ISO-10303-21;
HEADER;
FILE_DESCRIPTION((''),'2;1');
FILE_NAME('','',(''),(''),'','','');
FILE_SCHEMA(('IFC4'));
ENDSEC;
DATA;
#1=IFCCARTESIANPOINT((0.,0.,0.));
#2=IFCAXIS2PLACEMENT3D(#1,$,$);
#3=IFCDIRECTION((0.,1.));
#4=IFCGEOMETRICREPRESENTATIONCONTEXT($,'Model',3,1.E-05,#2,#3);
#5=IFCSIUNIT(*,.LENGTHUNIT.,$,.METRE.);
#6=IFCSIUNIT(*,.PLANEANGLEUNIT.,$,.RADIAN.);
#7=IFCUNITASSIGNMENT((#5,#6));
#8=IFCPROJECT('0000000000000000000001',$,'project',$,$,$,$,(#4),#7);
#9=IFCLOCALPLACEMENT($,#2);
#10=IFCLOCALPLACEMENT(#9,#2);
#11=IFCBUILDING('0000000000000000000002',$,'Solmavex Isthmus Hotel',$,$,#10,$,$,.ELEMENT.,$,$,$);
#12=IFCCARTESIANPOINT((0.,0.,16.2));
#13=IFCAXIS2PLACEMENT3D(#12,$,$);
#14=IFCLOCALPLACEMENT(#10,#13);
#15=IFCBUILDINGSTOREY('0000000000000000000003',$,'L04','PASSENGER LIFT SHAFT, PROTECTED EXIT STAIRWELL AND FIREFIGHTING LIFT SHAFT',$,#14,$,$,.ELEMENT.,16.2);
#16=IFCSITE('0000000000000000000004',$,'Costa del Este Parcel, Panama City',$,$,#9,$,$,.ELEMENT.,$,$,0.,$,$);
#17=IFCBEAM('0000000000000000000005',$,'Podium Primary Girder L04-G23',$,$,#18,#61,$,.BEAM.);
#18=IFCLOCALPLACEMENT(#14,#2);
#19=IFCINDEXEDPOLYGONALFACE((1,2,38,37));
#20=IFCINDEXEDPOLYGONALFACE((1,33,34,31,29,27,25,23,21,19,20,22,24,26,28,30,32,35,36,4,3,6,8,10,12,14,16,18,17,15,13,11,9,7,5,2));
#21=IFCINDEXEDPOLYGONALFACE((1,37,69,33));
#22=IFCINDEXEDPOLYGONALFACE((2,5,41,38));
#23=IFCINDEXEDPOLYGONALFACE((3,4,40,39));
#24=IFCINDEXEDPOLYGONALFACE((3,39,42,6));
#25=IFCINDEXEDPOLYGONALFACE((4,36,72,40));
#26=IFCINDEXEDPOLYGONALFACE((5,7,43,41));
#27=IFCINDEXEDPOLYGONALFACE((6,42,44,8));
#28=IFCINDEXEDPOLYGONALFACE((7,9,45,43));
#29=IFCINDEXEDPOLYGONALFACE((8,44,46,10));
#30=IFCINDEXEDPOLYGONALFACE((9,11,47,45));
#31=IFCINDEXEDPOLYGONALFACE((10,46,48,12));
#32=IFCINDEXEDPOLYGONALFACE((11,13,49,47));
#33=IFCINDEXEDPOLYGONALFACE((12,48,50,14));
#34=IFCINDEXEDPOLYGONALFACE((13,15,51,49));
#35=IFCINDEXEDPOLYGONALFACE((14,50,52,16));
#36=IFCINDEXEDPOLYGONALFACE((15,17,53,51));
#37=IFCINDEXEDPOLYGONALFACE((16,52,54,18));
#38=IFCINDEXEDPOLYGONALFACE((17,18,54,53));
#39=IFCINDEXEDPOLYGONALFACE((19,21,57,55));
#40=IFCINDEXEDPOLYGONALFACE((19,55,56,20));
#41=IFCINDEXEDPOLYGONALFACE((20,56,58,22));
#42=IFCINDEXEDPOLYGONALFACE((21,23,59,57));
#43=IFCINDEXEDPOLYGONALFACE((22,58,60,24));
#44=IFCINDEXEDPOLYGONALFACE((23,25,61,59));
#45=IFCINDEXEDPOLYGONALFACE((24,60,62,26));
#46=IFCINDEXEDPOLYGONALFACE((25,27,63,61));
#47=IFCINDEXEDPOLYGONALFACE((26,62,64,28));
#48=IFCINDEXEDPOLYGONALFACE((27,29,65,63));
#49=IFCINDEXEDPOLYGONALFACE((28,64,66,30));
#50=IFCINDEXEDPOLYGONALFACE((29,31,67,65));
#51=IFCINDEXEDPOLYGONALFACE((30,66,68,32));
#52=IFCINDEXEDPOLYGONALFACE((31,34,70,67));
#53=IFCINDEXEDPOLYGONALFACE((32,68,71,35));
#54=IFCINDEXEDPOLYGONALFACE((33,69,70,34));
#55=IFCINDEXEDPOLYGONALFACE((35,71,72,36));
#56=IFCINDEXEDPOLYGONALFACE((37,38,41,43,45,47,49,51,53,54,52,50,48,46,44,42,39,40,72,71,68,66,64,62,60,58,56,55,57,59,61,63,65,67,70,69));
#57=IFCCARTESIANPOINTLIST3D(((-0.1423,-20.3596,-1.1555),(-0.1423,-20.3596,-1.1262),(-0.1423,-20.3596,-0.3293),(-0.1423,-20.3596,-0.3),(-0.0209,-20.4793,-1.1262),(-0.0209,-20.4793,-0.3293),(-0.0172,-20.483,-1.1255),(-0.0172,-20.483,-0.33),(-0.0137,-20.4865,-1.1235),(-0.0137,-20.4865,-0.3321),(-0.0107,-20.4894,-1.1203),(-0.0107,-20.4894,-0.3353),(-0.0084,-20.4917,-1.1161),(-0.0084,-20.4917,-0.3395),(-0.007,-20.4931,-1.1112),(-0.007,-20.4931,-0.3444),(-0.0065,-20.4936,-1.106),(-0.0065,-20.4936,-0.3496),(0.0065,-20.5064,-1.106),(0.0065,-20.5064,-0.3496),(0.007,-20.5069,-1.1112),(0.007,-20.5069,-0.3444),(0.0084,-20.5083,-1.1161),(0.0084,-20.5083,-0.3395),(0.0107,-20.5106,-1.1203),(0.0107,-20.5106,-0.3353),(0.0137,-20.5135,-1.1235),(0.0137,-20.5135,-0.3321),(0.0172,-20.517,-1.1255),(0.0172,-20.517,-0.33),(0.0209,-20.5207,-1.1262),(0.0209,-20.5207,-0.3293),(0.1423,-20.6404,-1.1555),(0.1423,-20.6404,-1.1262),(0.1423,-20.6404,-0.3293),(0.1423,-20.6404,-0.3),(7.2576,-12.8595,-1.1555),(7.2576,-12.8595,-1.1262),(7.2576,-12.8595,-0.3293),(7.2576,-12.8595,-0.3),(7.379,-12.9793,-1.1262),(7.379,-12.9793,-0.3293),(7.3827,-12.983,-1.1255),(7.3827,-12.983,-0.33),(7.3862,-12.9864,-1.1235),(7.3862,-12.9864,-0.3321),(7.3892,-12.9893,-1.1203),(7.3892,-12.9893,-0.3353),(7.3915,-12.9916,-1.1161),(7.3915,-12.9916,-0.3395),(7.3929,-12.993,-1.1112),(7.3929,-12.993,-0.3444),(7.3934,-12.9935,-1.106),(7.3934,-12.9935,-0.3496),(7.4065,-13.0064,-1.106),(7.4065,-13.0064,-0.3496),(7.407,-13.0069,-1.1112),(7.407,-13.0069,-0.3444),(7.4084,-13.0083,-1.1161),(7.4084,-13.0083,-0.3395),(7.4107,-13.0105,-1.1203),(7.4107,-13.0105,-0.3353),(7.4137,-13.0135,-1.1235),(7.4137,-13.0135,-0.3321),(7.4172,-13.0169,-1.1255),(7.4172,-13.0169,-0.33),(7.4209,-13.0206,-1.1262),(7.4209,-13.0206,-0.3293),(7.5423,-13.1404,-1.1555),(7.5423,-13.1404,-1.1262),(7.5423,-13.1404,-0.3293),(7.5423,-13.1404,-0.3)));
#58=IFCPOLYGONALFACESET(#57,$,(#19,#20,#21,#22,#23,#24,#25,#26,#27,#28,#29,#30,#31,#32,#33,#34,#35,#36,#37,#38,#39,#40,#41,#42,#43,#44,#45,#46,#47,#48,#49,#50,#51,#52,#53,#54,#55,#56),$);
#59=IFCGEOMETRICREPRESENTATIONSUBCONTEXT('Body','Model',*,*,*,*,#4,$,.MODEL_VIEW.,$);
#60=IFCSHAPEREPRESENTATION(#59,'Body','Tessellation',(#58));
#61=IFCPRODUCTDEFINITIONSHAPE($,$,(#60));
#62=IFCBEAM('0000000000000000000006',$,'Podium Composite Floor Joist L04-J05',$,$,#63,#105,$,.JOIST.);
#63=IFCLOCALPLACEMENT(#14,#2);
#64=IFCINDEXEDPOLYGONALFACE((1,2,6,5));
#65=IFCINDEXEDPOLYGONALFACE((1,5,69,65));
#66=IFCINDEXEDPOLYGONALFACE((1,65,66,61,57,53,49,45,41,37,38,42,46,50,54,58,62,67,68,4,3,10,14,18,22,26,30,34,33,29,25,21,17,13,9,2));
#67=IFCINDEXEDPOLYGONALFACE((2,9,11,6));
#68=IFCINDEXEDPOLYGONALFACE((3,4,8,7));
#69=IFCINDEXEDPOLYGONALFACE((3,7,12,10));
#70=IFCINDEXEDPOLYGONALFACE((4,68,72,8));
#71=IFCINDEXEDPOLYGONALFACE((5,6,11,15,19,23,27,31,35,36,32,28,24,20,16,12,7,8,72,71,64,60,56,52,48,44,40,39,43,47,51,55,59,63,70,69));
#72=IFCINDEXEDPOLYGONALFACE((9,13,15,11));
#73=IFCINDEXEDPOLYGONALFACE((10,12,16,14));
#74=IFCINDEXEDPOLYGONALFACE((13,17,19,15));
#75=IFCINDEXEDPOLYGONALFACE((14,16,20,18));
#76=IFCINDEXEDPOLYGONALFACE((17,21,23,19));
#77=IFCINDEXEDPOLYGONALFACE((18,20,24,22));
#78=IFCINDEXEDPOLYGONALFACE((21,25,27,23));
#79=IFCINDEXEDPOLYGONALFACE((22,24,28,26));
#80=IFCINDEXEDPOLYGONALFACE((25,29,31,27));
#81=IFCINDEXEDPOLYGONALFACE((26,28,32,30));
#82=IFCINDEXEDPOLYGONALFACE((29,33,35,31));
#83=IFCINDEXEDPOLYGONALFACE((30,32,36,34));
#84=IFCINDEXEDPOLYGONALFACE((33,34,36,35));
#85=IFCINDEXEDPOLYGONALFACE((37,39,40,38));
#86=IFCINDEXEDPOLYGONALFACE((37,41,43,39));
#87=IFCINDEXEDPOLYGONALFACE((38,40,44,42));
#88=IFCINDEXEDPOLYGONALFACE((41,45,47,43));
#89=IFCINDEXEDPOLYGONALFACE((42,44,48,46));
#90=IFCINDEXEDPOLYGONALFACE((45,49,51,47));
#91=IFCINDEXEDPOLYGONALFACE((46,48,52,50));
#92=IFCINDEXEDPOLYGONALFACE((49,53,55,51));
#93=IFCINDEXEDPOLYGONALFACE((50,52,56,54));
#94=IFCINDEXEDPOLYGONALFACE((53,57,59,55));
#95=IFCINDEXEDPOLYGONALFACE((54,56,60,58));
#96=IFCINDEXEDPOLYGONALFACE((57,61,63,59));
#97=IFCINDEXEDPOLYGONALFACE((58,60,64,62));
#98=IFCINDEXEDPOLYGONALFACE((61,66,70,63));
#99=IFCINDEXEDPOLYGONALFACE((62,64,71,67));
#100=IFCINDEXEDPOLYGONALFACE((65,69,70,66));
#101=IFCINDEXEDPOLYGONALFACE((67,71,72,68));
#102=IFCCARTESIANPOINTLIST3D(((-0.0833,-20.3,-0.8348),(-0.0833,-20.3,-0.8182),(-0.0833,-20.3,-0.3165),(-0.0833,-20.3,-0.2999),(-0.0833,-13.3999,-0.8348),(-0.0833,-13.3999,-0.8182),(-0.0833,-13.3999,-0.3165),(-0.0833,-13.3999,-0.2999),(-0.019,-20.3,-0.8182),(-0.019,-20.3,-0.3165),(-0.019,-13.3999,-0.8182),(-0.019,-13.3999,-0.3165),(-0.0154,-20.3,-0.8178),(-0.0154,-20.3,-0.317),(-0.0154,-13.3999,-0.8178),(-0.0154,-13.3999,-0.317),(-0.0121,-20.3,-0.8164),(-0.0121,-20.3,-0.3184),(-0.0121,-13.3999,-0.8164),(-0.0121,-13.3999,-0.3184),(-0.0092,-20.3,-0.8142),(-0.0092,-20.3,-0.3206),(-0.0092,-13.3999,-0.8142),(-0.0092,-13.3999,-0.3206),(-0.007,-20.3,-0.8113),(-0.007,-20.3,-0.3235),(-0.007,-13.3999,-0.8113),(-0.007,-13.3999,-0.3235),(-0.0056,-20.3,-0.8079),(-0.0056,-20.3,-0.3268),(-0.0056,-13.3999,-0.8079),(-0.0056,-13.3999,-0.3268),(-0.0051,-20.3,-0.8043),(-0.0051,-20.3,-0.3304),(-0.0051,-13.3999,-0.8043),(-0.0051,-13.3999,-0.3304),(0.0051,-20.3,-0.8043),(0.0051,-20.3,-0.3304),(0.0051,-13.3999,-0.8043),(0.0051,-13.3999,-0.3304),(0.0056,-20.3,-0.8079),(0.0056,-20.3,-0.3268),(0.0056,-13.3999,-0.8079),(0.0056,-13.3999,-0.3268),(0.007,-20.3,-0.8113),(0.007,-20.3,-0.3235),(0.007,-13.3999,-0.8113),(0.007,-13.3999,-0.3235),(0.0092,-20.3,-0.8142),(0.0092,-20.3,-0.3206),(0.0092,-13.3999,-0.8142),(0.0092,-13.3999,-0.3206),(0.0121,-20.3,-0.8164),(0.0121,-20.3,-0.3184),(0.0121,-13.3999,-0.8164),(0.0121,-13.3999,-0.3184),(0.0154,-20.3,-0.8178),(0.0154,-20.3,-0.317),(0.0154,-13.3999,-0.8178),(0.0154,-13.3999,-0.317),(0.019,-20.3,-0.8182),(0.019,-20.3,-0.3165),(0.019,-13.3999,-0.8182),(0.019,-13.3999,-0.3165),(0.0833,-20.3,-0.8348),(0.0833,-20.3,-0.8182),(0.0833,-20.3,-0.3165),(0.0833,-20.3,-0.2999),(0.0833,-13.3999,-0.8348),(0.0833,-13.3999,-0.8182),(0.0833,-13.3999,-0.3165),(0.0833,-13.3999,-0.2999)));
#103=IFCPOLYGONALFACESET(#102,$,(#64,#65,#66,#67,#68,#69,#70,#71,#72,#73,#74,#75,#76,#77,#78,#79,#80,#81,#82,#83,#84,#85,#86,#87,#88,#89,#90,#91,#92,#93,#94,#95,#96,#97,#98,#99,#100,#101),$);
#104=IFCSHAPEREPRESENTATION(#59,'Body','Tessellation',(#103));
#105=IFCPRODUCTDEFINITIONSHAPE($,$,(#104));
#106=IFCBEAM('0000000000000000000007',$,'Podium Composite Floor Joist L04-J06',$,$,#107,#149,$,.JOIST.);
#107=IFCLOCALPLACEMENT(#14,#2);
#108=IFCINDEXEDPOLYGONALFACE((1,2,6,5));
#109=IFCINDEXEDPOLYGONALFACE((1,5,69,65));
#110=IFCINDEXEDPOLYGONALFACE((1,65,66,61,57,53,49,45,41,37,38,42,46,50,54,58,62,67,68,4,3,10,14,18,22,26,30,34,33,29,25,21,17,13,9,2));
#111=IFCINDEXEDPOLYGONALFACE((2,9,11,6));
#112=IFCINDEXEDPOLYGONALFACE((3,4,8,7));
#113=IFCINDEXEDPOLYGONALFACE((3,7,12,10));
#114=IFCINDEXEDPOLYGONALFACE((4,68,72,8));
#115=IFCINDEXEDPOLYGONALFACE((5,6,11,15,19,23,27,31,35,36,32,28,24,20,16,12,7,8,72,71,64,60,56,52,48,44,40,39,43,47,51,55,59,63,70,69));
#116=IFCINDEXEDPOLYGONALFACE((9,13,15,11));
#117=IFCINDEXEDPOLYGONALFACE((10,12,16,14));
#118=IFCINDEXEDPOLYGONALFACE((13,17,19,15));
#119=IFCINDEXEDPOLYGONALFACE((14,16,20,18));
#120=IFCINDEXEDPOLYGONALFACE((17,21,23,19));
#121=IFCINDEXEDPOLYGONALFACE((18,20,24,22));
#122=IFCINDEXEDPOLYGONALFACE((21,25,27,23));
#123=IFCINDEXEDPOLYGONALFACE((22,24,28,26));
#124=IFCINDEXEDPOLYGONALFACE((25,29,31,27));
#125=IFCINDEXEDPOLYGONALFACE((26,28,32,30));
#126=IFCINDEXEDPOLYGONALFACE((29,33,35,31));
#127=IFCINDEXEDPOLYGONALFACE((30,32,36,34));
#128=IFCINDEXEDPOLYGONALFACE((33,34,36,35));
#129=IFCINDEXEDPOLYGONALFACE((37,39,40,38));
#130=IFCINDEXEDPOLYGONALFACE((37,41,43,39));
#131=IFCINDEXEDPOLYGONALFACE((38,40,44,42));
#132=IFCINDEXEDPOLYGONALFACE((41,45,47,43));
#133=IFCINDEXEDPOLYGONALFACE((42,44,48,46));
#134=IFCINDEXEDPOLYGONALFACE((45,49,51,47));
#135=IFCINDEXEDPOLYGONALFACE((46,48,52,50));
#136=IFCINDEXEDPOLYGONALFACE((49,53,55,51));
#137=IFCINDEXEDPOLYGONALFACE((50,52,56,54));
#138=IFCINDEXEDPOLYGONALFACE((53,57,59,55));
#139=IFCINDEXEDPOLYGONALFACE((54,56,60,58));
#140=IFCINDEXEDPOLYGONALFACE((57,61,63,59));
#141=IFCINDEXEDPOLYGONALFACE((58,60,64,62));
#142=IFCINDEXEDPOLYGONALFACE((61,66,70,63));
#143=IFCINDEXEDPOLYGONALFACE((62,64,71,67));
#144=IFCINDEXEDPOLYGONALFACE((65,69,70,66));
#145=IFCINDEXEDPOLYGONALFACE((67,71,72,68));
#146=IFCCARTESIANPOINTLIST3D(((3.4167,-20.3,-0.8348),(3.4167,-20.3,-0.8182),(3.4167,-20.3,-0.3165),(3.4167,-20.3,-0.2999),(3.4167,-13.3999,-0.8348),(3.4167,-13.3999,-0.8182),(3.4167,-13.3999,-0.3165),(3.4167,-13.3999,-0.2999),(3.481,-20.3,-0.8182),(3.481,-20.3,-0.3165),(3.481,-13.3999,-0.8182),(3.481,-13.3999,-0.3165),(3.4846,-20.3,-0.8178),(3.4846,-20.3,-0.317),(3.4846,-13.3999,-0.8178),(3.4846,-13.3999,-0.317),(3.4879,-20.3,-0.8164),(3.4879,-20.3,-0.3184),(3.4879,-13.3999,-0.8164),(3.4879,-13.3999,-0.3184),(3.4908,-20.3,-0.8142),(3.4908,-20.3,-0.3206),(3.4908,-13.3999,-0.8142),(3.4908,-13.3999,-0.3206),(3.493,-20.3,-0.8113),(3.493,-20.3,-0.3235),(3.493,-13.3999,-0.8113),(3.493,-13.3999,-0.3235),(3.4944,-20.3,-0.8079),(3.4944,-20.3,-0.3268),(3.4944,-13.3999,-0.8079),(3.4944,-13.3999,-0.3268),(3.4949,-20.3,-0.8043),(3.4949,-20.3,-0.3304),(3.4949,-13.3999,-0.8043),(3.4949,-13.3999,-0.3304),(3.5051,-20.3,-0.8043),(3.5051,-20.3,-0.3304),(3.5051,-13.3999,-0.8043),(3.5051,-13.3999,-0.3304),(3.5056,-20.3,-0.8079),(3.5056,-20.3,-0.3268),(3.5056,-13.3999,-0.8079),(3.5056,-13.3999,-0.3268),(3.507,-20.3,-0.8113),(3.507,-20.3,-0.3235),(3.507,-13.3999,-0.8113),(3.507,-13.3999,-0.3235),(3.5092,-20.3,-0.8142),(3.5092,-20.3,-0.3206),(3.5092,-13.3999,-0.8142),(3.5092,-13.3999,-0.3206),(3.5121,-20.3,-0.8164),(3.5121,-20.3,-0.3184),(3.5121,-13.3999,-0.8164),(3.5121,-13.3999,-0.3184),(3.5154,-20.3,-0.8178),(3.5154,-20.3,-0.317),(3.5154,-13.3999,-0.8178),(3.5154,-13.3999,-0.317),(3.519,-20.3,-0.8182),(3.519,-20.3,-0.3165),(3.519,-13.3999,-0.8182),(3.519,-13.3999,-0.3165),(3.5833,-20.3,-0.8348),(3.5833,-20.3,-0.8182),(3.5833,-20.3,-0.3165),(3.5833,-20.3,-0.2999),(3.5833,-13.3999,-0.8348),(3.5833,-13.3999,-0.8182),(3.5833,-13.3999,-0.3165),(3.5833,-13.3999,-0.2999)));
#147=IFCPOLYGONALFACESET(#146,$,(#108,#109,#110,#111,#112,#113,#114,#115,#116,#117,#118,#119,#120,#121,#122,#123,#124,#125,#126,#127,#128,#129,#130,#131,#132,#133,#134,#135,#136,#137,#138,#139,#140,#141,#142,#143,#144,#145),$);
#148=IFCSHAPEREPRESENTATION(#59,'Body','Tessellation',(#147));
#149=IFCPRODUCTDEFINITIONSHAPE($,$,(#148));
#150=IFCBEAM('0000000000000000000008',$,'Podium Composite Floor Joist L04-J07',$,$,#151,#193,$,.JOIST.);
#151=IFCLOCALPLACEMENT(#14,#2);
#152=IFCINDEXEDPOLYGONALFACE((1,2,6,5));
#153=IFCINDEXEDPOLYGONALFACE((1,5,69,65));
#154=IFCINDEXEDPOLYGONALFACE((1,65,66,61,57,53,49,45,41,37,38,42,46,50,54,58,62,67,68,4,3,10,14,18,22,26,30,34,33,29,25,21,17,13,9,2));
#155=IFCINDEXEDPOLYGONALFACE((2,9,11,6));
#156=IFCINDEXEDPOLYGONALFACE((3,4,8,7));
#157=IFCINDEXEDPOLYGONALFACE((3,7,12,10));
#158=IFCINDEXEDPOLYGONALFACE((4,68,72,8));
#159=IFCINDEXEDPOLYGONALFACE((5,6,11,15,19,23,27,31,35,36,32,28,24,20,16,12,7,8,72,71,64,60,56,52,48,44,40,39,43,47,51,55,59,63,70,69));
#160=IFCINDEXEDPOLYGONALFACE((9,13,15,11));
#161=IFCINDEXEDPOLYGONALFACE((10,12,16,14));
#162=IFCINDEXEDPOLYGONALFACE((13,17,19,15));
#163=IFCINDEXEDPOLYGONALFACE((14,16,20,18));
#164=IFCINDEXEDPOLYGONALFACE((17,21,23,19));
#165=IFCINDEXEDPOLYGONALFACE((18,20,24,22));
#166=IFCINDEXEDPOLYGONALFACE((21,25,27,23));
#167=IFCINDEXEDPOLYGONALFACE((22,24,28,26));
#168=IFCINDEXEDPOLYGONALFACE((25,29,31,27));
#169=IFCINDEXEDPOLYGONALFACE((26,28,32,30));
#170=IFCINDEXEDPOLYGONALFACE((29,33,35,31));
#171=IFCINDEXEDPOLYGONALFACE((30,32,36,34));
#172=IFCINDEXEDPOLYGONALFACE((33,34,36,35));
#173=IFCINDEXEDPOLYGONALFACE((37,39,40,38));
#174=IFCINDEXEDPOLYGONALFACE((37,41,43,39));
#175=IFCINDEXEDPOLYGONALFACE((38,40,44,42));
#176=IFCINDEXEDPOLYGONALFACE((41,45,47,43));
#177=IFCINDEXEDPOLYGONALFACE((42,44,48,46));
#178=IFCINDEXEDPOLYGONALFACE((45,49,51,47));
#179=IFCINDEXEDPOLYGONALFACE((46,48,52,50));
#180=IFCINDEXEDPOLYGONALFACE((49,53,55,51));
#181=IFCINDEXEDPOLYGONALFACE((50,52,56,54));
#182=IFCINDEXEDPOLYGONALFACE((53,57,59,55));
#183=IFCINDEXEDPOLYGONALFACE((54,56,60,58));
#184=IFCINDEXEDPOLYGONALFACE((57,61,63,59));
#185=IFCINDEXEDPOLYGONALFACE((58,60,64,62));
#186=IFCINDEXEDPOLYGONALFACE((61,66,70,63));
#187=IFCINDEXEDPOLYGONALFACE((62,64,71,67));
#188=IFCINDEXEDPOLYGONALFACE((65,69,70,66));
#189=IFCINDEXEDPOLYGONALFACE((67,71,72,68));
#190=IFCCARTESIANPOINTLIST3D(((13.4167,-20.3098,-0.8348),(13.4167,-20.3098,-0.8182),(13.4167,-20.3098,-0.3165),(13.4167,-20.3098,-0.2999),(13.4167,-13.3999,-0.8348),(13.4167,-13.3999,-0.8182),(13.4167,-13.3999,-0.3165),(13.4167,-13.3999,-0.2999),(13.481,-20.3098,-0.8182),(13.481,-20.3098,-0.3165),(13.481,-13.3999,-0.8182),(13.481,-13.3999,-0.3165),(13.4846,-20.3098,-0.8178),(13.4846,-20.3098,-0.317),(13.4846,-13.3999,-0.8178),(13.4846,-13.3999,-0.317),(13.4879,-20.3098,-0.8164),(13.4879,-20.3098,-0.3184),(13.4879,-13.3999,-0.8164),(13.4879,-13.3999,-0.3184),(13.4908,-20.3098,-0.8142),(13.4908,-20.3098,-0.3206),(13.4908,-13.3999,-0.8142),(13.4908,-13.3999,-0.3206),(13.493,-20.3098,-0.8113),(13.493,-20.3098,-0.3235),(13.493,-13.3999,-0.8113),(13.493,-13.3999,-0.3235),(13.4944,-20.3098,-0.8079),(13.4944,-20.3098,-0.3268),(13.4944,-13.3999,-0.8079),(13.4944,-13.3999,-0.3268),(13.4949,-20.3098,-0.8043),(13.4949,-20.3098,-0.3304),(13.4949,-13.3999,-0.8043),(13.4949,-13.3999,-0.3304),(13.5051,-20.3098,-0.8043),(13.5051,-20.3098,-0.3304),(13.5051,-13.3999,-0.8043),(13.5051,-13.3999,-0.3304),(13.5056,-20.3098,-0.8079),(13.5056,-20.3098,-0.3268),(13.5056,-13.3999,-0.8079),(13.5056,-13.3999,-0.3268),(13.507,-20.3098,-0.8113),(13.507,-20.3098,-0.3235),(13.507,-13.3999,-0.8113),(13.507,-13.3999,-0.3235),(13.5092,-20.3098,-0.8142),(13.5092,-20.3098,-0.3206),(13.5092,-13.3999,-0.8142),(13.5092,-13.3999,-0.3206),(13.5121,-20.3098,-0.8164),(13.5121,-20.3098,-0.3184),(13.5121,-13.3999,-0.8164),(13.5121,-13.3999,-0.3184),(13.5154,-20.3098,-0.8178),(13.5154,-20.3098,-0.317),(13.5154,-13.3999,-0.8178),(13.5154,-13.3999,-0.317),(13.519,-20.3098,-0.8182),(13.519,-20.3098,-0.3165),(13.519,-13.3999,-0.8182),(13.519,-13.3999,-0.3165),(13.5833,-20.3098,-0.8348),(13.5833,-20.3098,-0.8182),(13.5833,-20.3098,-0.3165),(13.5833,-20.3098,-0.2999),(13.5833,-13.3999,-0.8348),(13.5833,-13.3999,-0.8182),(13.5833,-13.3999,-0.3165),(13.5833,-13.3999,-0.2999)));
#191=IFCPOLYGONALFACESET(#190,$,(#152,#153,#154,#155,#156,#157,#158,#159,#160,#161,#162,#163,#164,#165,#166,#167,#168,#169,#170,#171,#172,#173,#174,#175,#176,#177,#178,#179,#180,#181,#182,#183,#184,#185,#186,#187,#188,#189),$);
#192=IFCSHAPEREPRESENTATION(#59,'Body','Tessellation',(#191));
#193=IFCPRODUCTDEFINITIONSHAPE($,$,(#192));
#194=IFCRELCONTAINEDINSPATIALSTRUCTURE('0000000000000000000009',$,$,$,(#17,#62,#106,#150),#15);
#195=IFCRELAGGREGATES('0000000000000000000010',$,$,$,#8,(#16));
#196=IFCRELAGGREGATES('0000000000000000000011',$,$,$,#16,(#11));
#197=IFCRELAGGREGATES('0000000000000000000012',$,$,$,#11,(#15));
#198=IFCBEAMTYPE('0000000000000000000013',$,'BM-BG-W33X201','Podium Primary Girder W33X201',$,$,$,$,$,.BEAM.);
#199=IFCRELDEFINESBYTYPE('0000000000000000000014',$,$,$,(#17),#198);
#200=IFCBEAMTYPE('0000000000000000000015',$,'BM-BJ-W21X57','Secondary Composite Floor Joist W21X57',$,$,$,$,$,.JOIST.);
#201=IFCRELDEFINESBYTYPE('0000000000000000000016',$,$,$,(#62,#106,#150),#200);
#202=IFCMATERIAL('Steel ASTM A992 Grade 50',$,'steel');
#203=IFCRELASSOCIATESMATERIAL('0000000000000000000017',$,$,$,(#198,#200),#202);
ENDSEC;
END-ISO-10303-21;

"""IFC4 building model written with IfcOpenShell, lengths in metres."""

from ifc_helpers import new_model, si_unit, direction, frame, origin, origin_2d, place, context, subcontext, project, spatial, i_section, extrude, material, material_profile, profile_set, type_object, element, save


model = new_model("IFC4")

# Units and contexts
model_context = context("Model", 3, precision=1e-05, world=origin(), true_north=direction((0.0, 1.0)))
body_context = subcontext(model_context, "Body", "Model", "MODEL_VIEW")
ifc_project = project(units=[si_unit("LENGTHUNIT", "METRE"), si_unit("PLANEANGLEUNIT", "RADIAN")], contexts=[model_context])

# Site, building, storey
site_placement = place(None, origin())
site = spatial("IfcSite", under=ifc_project, at=site_placement, Name="Costa del Este Parcel, Panama City", CompositionType="ELEMENT", RefElevation=0.0)
building_placement = place(site_placement, origin())
building = spatial("IfcBuilding", under=site, at=building_placement, Name="Solmavex Isthmus Hotel", CompositionType="ELEMENT")
storey_placement = place(building_placement, frame((0.0, 0.0, 16.2)))
storey = spatial("IfcBuildingStorey", under=building, at=storey_placement, Name="L04", Description="PASSENGER LIFT SHAFT, PROTECTED EXIT STAIRWELL AND FIREFIGHTING LIFT SHAFT", CompositionType="ELEMENT", Elevation=16.2)

# Beams
ifc_material_1 = material(Name="Steel ASTM A992 Grade 50", Category="steel")
ifc_material_profile_1 = material_profile(ifc_material_1, i_section(OverallWidth=0.3999, OverallDepth=0.8555, WebThickness=0.0183, FlangeThickness=0.0293, FilletRadius=0.0203, at=origin_2d()), Name="W33X201")
ifc_profile_set_1 = profile_set([ifc_material_profile_1], Name="Steel ASTM A992 Grade 50")
beam_type_1 = type_object("IfcBeamType", Name="BM-BG-W33X201", Description="Podium Primary Girder W33X201", PredefinedType="BEAM", material=ifc_profile_set_1)
beam_1_placement = place(storey_placement, frame((0.0, -20.5, -0.7278), z_axis=(0.702341, 0.711841, 0.0), x_axis=(-0.711841, 0.702341, 0.0)))
element("IfcBeam", 1, at=beam_1_placement, inside=storey, type_object=beam_type_1, Name="Podium Primary Girder L04-G23", PredefinedType="BEAM", context=body_context, shape_type="SweptSolid", body=[
    extrude(i_section(OverallWidth=0.3999, OverallDepth=0.8555, WebThickness=0.0183, FlangeThickness=0.0293, FilletRadius=0.0203, at=origin_2d()), origin(), (0.0, 0.0, 1.0), 10.5361),
])
ifc_material_profile_2 = material_profile(ifc_material_1, i_section(OverallWidth=0.1665, OverallDepth=0.5349, WebThickness=0.0103, FlangeThickness=0.0166, FilletRadius=0.0139, at=origin_2d()), Name="W21X57")
ifc_profile_set_2 = profile_set([ifc_material_profile_2], Name="Steel ASTM A992 Grade 50")
beam_type_2 = type_object("IfcBeamType", Name="BM-BJ-W21X57", Description="Secondary Composite Floor Joist W21X57", PredefinedType="JOIST", material=ifc_profile_set_2)
for number, where, z_axis, x_axis, name in (
    (2, (0.0, -20.3, -0.5674), (0.0, 1.0, 0.0), (-1.0, 0.0, 0.0), "Podium Composite Floor Joist L04-J05"),
    (3, (3.5, -20.3, -0.5674), (0.0, 1.0, 0.0), (-1.0, 0.0, 0.0), "Podium Composite Floor Joist L04-J06"),
):
    element("IfcBeam", number, at=place(storey_placement, frame(where, z_axis=z_axis, x_axis=x_axis)), inside=storey, type_object=beam_type_2, Name=name, PredefinedType="JOIST", context=body_context, shape_type="SweptSolid", body=[
        extrude(i_section(OverallWidth=0.1665, OverallDepth=0.5349, WebThickness=0.0103, FlangeThickness=0.0166, FilletRadius=0.0139, at=origin_2d()), origin(), (0.0, 0.0, 1.0), 6.9001),
    ])
beam_2_placement = place(storey_placement, frame((13.5, -20.3098, -0.5674), z_axis=(0.0, 1.0, 0.0), x_axis=(-1.0, 0.0, 0.0)))
element("IfcBeam", 4, at=beam_2_placement, inside=storey, type_object=beam_type_2, Name="Podium Composite Floor Joist L04-J07", PredefinedType="JOIST", context=body_context, shape_type="SweptSolid", body=[
    extrude(i_section(OverallWidth=0.1665, OverallDepth=0.5349, WebThickness=0.0103, FlangeThickness=0.0166, FilletRadius=0.0139, at=origin_2d()), origin(), (0.0, 0.0, 1.0), 6.9099),
])

save(model, "model.ifc")
